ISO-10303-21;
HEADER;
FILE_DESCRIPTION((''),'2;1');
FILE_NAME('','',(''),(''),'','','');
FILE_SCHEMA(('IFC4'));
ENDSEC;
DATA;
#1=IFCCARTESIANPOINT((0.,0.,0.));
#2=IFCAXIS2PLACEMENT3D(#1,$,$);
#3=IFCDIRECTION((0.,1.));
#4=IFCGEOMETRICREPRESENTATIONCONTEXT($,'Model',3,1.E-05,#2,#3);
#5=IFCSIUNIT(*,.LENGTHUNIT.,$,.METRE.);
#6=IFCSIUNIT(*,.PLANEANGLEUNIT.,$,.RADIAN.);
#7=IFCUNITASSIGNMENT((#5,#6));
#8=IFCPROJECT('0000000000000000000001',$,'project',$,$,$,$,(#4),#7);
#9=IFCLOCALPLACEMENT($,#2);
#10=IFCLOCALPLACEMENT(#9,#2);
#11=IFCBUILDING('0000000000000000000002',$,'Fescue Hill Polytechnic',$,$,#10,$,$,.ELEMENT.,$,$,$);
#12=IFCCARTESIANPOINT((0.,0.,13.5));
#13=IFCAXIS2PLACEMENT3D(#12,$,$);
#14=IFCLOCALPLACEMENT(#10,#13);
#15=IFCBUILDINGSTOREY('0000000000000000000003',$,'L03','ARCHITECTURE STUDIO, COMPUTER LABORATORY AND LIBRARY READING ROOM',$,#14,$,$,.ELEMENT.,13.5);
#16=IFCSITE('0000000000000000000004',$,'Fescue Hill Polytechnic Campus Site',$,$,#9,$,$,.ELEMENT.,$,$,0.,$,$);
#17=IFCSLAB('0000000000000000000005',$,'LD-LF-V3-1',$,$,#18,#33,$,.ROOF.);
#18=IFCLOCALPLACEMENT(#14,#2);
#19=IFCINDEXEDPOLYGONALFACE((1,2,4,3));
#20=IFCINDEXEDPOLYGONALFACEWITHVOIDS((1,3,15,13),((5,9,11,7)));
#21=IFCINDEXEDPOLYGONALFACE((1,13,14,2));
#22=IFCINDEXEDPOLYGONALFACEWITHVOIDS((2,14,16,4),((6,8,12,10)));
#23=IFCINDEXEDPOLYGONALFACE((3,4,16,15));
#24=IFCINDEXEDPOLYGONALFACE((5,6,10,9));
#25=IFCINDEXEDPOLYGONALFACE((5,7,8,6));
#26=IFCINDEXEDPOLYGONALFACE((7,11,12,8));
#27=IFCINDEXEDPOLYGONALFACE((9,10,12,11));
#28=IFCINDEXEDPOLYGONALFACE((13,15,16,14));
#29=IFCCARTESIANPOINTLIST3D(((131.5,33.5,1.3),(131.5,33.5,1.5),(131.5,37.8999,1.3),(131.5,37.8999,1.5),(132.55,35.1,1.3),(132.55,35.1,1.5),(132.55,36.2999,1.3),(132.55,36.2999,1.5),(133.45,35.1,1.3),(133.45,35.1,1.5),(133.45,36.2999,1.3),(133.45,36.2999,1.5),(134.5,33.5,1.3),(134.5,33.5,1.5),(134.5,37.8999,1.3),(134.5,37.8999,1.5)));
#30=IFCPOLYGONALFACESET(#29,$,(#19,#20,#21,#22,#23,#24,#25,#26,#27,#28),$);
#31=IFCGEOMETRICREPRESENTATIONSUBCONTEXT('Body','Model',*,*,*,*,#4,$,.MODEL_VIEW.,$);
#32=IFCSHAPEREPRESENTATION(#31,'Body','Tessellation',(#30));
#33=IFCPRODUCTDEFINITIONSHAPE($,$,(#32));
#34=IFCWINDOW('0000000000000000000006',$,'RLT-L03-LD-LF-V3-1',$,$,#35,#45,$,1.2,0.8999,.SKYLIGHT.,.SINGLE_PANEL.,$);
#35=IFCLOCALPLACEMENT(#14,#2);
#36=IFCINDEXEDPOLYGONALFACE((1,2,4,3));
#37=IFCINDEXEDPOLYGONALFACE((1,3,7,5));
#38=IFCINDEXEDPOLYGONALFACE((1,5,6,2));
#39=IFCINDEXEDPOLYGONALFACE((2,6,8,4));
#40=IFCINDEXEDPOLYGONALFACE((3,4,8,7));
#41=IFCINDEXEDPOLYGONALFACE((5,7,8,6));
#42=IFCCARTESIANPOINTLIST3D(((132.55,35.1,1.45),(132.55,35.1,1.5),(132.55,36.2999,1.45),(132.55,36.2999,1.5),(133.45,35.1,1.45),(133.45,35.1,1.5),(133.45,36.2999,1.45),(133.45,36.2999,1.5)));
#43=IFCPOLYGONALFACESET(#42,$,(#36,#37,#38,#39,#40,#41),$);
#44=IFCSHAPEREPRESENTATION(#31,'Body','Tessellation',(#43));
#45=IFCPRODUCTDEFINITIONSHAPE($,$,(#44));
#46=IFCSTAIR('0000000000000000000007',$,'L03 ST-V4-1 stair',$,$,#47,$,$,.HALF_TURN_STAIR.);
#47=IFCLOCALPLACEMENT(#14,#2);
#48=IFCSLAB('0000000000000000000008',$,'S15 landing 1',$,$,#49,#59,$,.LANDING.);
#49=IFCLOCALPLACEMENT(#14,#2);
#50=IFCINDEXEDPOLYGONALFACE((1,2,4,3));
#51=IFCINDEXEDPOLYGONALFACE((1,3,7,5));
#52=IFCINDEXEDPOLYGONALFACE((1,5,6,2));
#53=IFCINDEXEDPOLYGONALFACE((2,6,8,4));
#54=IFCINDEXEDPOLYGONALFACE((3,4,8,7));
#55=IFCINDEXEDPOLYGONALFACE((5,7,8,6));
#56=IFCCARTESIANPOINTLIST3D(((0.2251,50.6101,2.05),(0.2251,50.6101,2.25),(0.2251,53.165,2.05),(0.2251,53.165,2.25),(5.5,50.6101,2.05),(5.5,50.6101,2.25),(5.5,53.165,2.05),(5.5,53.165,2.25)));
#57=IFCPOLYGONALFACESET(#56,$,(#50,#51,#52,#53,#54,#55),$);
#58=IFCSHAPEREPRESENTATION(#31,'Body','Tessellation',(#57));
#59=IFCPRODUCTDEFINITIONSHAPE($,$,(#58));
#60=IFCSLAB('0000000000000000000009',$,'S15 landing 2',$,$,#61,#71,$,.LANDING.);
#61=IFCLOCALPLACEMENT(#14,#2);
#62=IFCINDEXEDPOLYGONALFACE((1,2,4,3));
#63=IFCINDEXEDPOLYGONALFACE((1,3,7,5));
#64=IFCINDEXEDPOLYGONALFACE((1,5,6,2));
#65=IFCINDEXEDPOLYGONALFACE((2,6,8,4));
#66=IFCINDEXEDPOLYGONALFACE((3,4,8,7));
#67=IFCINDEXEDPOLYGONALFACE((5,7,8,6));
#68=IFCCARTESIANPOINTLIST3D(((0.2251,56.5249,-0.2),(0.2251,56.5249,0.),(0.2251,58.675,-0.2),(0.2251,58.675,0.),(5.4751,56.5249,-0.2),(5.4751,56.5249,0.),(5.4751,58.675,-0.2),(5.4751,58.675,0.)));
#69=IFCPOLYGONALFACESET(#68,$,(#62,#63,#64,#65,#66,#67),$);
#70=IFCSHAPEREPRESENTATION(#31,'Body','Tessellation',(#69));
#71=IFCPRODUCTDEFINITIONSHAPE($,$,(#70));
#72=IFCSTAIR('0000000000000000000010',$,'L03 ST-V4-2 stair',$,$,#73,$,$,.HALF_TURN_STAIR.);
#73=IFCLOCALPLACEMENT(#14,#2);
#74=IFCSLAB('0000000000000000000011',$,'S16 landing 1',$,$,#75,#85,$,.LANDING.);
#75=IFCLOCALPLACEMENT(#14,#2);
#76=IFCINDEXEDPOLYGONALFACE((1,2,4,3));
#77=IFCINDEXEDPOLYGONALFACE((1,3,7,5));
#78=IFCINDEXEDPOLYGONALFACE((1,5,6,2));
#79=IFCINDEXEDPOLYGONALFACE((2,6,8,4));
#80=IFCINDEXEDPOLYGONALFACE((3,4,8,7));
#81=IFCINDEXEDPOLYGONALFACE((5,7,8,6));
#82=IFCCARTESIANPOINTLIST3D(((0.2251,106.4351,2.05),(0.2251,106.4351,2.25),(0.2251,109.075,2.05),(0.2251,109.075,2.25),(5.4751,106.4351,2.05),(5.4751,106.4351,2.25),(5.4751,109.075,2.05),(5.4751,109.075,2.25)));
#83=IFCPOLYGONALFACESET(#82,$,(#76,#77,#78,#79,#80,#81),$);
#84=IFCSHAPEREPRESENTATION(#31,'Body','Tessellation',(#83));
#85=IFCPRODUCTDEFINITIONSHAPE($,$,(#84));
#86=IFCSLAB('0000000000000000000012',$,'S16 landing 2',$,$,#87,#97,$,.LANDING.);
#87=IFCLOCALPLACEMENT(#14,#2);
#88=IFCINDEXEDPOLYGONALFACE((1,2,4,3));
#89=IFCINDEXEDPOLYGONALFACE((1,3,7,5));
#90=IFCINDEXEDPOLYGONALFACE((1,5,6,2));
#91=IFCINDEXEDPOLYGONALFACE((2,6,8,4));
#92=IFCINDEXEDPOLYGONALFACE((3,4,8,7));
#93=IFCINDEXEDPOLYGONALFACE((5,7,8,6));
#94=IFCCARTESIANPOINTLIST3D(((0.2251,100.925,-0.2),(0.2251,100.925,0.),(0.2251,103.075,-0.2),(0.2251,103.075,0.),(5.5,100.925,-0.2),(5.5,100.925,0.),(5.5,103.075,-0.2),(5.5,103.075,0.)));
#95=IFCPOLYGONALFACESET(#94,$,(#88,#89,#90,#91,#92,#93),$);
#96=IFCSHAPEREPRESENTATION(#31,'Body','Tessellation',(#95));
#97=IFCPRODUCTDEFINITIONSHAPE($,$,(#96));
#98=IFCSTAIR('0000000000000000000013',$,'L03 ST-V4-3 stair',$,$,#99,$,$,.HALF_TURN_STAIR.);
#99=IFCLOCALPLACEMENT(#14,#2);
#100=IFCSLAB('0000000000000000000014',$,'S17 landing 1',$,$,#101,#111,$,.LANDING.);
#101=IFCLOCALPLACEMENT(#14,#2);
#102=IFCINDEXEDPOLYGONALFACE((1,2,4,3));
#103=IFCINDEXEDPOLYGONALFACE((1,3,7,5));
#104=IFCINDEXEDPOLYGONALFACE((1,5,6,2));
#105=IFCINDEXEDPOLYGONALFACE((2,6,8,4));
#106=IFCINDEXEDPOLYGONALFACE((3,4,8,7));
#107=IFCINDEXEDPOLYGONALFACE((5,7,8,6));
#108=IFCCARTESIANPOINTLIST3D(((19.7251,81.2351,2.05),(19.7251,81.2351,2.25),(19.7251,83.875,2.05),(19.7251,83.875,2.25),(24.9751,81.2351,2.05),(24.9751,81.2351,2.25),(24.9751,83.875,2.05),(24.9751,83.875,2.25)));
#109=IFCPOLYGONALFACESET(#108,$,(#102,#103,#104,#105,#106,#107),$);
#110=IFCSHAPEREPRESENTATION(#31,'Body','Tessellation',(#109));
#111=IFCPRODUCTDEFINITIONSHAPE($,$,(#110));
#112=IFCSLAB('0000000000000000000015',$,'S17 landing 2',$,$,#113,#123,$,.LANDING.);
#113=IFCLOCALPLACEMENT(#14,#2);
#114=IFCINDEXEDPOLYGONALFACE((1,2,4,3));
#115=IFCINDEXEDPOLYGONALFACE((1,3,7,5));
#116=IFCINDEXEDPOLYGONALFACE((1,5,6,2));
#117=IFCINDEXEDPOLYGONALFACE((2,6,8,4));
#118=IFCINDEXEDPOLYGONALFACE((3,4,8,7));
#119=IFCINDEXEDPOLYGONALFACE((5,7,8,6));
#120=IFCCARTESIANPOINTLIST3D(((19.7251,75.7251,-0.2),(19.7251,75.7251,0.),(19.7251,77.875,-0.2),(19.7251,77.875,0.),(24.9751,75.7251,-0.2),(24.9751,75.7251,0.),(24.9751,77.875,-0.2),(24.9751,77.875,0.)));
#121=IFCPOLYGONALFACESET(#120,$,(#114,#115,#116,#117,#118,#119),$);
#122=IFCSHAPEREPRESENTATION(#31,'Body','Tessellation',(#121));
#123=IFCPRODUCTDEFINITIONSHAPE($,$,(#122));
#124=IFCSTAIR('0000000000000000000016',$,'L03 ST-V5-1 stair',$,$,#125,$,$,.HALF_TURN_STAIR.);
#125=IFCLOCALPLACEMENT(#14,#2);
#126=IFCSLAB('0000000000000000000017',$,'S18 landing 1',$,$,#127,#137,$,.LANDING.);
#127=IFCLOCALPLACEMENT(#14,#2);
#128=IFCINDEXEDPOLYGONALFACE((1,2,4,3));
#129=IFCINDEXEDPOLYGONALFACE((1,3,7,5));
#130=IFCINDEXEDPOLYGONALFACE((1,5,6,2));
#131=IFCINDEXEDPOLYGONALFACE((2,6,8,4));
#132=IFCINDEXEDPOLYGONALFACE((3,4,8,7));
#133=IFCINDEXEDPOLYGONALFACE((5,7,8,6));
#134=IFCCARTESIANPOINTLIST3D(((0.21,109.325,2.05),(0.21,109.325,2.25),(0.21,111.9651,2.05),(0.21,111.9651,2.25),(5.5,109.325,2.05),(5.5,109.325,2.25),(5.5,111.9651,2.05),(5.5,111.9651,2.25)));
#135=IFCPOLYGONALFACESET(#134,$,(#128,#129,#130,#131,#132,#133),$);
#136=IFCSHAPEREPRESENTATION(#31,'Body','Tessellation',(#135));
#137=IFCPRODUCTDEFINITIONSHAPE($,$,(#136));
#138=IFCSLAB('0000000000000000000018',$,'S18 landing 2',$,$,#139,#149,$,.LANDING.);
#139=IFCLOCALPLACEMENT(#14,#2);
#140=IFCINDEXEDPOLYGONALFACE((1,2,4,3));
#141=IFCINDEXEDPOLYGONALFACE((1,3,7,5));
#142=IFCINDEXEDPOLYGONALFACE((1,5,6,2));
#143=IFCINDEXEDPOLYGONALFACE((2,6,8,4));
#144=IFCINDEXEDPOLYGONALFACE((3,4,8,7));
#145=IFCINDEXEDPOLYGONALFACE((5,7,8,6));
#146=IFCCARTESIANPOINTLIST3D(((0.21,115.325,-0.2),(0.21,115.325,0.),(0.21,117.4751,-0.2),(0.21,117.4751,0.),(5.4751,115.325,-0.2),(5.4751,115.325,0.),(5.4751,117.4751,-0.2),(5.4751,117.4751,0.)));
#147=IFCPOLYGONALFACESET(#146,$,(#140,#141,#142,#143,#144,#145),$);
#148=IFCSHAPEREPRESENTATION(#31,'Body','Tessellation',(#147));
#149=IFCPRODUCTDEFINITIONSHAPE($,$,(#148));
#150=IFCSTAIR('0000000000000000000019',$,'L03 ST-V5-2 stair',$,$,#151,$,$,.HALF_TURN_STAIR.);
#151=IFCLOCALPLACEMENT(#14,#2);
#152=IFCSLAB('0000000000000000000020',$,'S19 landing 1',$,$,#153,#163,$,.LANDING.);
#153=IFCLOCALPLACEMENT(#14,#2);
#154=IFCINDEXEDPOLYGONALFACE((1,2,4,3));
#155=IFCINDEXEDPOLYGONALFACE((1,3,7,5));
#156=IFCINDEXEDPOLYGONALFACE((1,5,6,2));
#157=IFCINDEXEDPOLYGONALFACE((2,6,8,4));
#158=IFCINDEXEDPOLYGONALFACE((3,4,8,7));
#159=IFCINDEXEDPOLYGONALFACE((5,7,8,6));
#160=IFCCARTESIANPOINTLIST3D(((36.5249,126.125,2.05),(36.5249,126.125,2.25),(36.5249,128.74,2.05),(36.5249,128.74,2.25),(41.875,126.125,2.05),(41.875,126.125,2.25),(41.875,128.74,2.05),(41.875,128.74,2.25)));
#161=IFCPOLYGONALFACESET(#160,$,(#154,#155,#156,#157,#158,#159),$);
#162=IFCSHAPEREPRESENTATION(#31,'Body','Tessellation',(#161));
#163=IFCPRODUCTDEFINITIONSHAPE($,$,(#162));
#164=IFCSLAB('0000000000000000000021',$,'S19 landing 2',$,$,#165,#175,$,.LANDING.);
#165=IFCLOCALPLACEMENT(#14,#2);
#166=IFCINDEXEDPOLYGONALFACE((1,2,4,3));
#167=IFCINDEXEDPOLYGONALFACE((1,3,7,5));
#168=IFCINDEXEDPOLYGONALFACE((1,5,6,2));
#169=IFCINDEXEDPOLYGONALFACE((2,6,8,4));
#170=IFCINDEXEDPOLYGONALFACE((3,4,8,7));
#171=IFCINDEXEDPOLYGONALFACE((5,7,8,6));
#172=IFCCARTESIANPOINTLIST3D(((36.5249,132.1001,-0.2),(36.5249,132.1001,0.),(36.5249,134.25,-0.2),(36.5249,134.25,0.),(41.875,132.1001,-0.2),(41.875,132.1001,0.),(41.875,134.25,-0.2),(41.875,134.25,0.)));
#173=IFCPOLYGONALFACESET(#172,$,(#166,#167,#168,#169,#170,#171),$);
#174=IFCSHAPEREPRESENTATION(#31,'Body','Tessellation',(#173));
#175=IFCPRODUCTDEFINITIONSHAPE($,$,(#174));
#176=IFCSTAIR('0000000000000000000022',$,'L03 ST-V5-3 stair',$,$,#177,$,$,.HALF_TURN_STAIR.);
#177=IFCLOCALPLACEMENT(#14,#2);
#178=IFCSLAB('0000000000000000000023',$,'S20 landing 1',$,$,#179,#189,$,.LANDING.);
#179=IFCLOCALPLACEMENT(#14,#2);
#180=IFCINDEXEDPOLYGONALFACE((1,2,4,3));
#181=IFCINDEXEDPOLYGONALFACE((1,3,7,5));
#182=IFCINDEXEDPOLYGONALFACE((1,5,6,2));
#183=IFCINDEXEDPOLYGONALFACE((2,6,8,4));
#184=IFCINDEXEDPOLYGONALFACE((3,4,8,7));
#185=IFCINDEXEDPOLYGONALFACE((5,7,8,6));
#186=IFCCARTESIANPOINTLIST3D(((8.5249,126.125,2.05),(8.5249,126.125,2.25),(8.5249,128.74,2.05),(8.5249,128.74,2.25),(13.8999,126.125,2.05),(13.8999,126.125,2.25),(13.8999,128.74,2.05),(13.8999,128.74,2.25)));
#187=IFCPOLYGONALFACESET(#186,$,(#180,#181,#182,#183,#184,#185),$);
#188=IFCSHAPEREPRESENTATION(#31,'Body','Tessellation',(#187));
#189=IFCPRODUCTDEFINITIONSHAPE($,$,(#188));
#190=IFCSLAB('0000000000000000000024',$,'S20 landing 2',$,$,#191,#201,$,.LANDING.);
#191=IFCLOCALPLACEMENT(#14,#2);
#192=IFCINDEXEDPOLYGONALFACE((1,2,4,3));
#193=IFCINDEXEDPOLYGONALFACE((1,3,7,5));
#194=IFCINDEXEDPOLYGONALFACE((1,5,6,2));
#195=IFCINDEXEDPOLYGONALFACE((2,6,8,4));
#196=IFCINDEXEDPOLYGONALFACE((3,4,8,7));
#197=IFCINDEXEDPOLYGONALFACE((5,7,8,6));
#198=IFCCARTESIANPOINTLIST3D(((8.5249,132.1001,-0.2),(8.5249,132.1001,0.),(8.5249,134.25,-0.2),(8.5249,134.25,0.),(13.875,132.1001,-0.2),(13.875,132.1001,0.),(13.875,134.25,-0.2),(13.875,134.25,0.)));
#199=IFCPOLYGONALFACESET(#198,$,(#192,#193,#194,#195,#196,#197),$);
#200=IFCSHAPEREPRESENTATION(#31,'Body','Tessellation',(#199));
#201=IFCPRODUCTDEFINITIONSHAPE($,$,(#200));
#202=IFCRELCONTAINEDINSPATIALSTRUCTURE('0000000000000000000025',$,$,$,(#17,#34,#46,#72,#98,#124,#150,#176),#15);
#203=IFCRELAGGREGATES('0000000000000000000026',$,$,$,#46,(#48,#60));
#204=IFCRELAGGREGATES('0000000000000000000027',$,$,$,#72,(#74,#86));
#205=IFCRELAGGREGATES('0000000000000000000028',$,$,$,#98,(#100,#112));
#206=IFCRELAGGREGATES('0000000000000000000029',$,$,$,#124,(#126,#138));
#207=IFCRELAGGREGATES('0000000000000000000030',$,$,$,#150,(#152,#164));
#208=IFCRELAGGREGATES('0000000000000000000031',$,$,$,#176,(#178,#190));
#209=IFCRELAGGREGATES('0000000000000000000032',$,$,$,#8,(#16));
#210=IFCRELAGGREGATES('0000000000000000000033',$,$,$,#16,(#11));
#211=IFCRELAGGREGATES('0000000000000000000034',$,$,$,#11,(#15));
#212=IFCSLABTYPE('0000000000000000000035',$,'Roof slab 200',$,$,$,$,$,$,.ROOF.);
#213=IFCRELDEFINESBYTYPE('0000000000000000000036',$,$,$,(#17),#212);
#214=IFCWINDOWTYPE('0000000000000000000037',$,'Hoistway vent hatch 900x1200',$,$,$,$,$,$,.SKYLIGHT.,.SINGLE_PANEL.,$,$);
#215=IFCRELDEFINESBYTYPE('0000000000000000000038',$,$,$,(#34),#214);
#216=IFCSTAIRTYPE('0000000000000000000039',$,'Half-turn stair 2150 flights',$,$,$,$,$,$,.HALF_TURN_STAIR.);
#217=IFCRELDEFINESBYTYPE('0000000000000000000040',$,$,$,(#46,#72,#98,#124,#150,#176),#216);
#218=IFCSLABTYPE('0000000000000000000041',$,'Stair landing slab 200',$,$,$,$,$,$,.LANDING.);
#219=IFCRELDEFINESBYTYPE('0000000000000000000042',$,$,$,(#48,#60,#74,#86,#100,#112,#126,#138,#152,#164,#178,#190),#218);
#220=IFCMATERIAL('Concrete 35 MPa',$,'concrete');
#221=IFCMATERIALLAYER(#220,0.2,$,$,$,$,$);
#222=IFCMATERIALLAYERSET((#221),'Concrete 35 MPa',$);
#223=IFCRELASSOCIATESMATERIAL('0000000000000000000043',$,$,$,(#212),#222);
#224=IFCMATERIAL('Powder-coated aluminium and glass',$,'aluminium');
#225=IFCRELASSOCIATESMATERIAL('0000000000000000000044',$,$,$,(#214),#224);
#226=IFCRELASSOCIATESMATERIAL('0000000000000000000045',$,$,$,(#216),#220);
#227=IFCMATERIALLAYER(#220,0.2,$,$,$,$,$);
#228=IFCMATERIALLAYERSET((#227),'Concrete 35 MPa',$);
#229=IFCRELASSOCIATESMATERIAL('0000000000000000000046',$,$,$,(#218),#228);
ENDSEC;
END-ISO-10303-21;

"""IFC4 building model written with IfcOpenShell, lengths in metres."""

from ifc_helpers import new_model, si_unit, direction, frame, origin, origin_2d, place, context, subcontext, project, spatial, polyline, rectangle, outline, extrude, material, layer, layer_set, type_object, element, fill, aggregate, save


model = new_model("IFC4")

# Units and contexts
model_context = context("Model", 3, precision=1e-05, world=origin(), true_north=direction((0.0, 1.0)))
body_context = subcontext(model_context, "Body", "Model", "MODEL_VIEW")
ifc_project = project(units=[si_unit("LENGTHUNIT", "METRE"), si_unit("PLANEANGLEUNIT", "RADIAN")], contexts=[model_context])

# Site, building, storey
site_placement = place(None, origin())
site = spatial("IfcSite", under=ifc_project, at=site_placement, Name="Fescue Hill Polytechnic Campus Site", CompositionType="ELEMENT", RefElevation=0.0)
building_placement = place(site_placement, origin())
building = spatial("IfcBuilding", under=site, at=building_placement, Name="Fescue Hill Polytechnic", CompositionType="ELEMENT")
storey_placement = place(building_placement, frame((0.0, 0.0, 13.5)))
storey = spatial("IfcBuildingStorey", under=building, at=storey_placement, Name="L03", Description="ARCHITECTURE STUDIO, COMPUTER LABORATORY AND LIBRARY READING ROOM", CompositionType="ELEMENT", Elevation=13.5)

# Shared definitions
ifc_material_1 = material(Name="Concrete 35 MPa", Category="concrete")

# Slab, opening, window
ifc_layer_1 = layer(ifc_material_1, 0.2)
ifc_layer_set_1 = layer_set([ifc_layer_1], Name="Concrete 35 MPa")
slab_type_1 = type_object("IfcSlabType", Name="Roof slab 200", PredefinedType="ROOF", material=ifc_layer_set_1)
ifc_material_2 = material(Name="Powder-coated aluminium and glass", Category="aluminium")
window_type = type_object("IfcWindowType", Name="Hoistway vent hatch 900x1200", PartitioningType="SINGLE_PANEL", PredefinedType="SKYLIGHT", material=ifc_material_2)
slab_1_placement = place(storey_placement, frame((0.0, 0.0, 1.3)))
slab_1 = element("IfcSlab", 1, at=slab_1_placement, inside=storey, type_object=slab_type_1, Name="LD-LF-V3-1", PredefinedType="ROOF", context=body_context, shape_type="SweptSolid", body=[
    extrude(outline(polyline([(134.5, 33.5), (131.5, 33.5), (131.5, 37.8999), (134.5, 37.8999), (134.5, 33.5)])), origin(), (0.0, 0.0, 1.0), 0.2),
])
opening_1_placement = place(slab_1_placement, frame((133.0, 35.7, 0.0)))
opening_1 = element("IfcOpeningElement", 2, at=opening_1_placement, cuts=slab_1, PredefinedType="OPENING", context=body_context, shape_type="SweptSolid", body=[
    extrude(rectangle(XDim=0.8999, YDim=1.2, at=origin_2d()), frame((0.0, 0.0, -0.01)), (0.0, 0.0, 1.0), 0.22),
])
window_1_placement = place(opening_1_placement, frame((0.0, 0.0, 0.1499)))
window_1 = element("IfcWindow", 3, at=window_1_placement, inside=storey, type_object=window_type, Name="RLT-L03-LD-LF-V3-1", OverallHeight=1.2, OverallWidth=0.8999, PartitioningType="SINGLE_PANEL", PredefinedType="SKYLIGHT", context=body_context, shape_type="SweptSolid", body=[
    extrude(rectangle(XDim=0.8999, YDim=1.2, at=origin_2d()), origin(), (0.0, 0.0, 1.0), 0.05),
])
fill(opening_1, window_1)

# Stairs, slabs
stair_type = type_object("IfcStairType", Name="Half-turn stair 2150 flights", PredefinedType="HALF_TURN_STAIR", material=ifc_material_1)
stair_1_placement = place(storey_placement, origin())
stair_1 = element("IfcStair", 4, at=stair_1_placement, inside=storey, type_object=stair_type, Name="L03 ST-V4-1 stair", PredefinedType="HALF_TURN_STAIR")
ifc_layer_2 = layer(ifc_material_1, 0.2)
ifc_layer_set_2 = layer_set([ifc_layer_2], Name="Concrete 35 MPa")
slab_type_2 = type_object("IfcSlabType", Name="Stair landing slab 200", PredefinedType="LANDING", material=ifc_layer_set_2)
slab_2_placement = place(storey_placement, frame((0.0, 0.0, 2.05)))
slab_2 = element("IfcSlab", 5, at=slab_2_placement, type_object=slab_type_2, Name="S15 landing 1", PredefinedType="LANDING", context=body_context, shape_type="SweptSolid", body=[
    extrude(outline(polyline([(0.2251, 50.6101), (5.5, 50.6101), (5.5, 53.165), (0.2251, 53.165), (0.2251, 50.6101)])), origin(), (0.0, 0.0, 1.0), 0.2),
])
slab_3_placement = place(storey_placement, frame((0.0, 0.0, -0.2)))
slab_3 = element("IfcSlab", 6, at=slab_3_placement, type_object=slab_type_2, Name="S15 landing 2", PredefinedType="LANDING", context=body_context, shape_type="SweptSolid", body=[
    extrude(outline(polyline([(0.2251, 56.5249), (5.4751, 56.5249), (5.4751, 58.675), (0.2251, 58.675), (0.2251, 56.5249)])), origin(), (0.0, 0.0, 1.0), 0.2),
])
aggregate(stair_1, [slab_2, slab_3])
stair_2_placement = place(storey_placement, origin())
stair_2 = element("IfcStair", 7, at=stair_2_placement, inside=storey, type_object=stair_type, Name="L03 ST-V4-2 stair", PredefinedType="HALF_TURN_STAIR")
slab_4_placement = place(storey_placement, frame((0.0, 0.0, 2.05)))
slab_4 = element("IfcSlab", 8, at=slab_4_placement, type_object=slab_type_2, Name="S16 landing 1", PredefinedType="LANDING", context=body_context, shape_type="SweptSolid", body=[
    extrude(outline(polyline([(0.2251, 106.4351), (5.4751, 106.4351), (5.4751, 109.075), (0.2251, 109.075), (0.2251, 106.4351)])), origin(), (0.0, 0.0, 1.0), 0.2),
])
slab_5_placement = place(storey_placement, frame((0.0, 0.0, -0.2)))
slab_5 = element("IfcSlab", 9, at=slab_5_placement, type_object=slab_type_2, Name="S16 landing 2", PredefinedType="LANDING", context=body_context, shape_type="SweptSolid", body=[
    extrude(outline(polyline([(0.2251, 100.925), (5.5, 100.925), (5.5, 103.075), (0.2251, 103.075), (0.2251, 100.925)])), origin(), (0.0, 0.0, 1.0), 0.2),
])
aggregate(stair_2, [slab_4, slab_5])
stair_3_placement = place(storey_placement, origin())
stair_3 = element("IfcStair", 10, at=stair_3_placement, inside=storey, type_object=stair_type, Name="L03 ST-V4-3 stair", PredefinedType="HALF_TURN_STAIR")
slab_6_placement = place(storey_placement, frame((0.0, 0.0, 2.05)))
slab_6 = element("IfcSlab", 11, at=slab_6_placement, type_object=slab_type_2, Name="S17 landing 1", PredefinedType="LANDING", context=body_context, shape_type="SweptSolid", body=[
    extrude(outline(polyline([(19.7251, 81.2351), (24.9751, 81.2351), (24.9751, 83.875), (19.7251, 83.875), (19.7251, 81.2351)])), origin(), (0.0, 0.0, 1.0), 0.2),
])
slab_7_placement = place(storey_placement, frame((0.0, 0.0, -0.2)))
slab_7 = element("IfcSlab", 12, at=slab_7_placement, type_object=slab_type_2, Name="S17 landing 2", PredefinedType="LANDING", context=body_context, shape_type="SweptSolid", body=[
    extrude(outline(polyline([(19.7251, 75.7251), (24.9751, 75.7251), (24.9751, 77.875), (19.7251, 77.875), (19.7251, 75.7251)])), origin(), (0.0, 0.0, 1.0), 0.2),
])
aggregate(stair_3, [slab_6, slab_7])
stair_4_placement = place(storey_placement, origin())
stair_4 = element("IfcStair", 13, at=stair_4_placement, inside=storey, type_object=stair_type, Name="L03 ST-V5-1 stair", PredefinedType="HALF_TURN_STAIR")
slab_8_placement = place(storey_placement, frame((0.0, 0.0, 2.05)))
slab_8 = element("IfcSlab", 14, at=slab_8_placement, type_object=slab_type_2, Name="S18 landing 1", PredefinedType="LANDING", context=body_context, shape_type="SweptSolid", body=[
    extrude(outline(polyline([(0.21, 109.325), (5.5, 109.325), (5.5, 111.9651), (0.21, 111.9651), (0.21, 109.325)])), origin(), (0.0, 0.0, 1.0), 0.2),
])
slab_9_placement = place(storey_placement, frame((0.0, 0.0, -0.2)))
slab_9 = element("IfcSlab", 15, at=slab_9_placement, type_object=slab_type_2, Name="S18 landing 2", PredefinedType="LANDING", context=body_context, shape_type="SweptSolid", body=[
    extrude(outline(polyline([(0.21, 115.325), (5.4751, 115.325), (5.4751, 117.4751), (0.21, 117.4751), (0.21, 115.325)])), origin(), (0.0, 0.0, 1.0), 0.2),
])
aggregate(stair_4, [slab_8, slab_9])
stair_5_placement = place(storey_placement, origin())
stair_5 = element("IfcStair", 16, at=stair_5_placement, inside=storey, type_object=stair_type, Name="L03 ST-V5-2 stair", PredefinedType="HALF_TURN_STAIR")
slab_10_placement = place(storey_placement, frame((0.0, 0.0, 2.05)))
slab_10 = element("IfcSlab", 17, at=slab_10_placement, type_object=slab_type_2, Name="S19 landing 1", PredefinedType="LANDING", context=body_context, shape_type="SweptSolid", body=[
    extrude(outline(polyline([(36.5249, 126.125), (41.875, 126.125), (41.875, 128.74), (36.5249, 128.74), (36.5249, 126.125)])), origin(), (0.0, 0.0, 1.0), 0.2),
])
slab_11_placement = place(storey_placement, frame((0.0, 0.0, -0.2)))
slab_11 = element("IfcSlab", 18, at=slab_11_placement, type_object=slab_type_2, Name="S19 landing 2", PredefinedType="LANDING", context=body_context, shape_type="SweptSolid", body=[
    extrude(outline(polyline([(36.5249, 132.1001), (41.875, 132.1001), (41.875, 134.25), (36.5249, 134.25), (36.5249, 132.1001)])), origin(), (0.0, 0.0, 1.0), 0.2),
])
aggregate(stair_5, [slab_10, slab_11])
stair_6_placement = place(storey_placement, origin())
stair_6 = element("IfcStair", 19, at=stair_6_placement, inside=storey, type_object=stair_type, Name="L03 ST-V5-3 stair", PredefinedType="HALF_TURN_STAIR")
slab_12_placement = place(storey_placement, frame((0.0, 0.0, 2.05)))
slab_12 = element("IfcSlab", 20, at=slab_12_placement, type_object=slab_type_2, Name="S20 landing 1", PredefinedType="LANDING", context=body_context, shape_type="SweptSolid", body=[
    extrude(outline(polyline([(8.5249, 126.125), (13.8999, 126.125), (13.8999, 128.74), (8.5249, 128.74), (8.5249, 126.125)])), origin(), (0.0, 0.0, 1.0), 0.2),
])
slab_13_placement = place(storey_placement, frame((0.0, 0.0, -0.2)))
slab_13 = element("IfcSlab", 21, at=slab_13_placement, type_object=slab_type_2, Name="S20 landing 2", PredefinedType="LANDING", context=body_context, shape_type="SweptSolid", body=[
    extrude(outline(polyline([(8.5249, 132.1001), (13.875, 132.1001), (13.875, 134.25), (8.5249, 134.25), (8.5249, 132.1001)])), origin(), (0.0, 0.0, 1.0), 0.2),
])
aggregate(stair_6, [slab_12, slab_13])

save(model, "model.ifc")
